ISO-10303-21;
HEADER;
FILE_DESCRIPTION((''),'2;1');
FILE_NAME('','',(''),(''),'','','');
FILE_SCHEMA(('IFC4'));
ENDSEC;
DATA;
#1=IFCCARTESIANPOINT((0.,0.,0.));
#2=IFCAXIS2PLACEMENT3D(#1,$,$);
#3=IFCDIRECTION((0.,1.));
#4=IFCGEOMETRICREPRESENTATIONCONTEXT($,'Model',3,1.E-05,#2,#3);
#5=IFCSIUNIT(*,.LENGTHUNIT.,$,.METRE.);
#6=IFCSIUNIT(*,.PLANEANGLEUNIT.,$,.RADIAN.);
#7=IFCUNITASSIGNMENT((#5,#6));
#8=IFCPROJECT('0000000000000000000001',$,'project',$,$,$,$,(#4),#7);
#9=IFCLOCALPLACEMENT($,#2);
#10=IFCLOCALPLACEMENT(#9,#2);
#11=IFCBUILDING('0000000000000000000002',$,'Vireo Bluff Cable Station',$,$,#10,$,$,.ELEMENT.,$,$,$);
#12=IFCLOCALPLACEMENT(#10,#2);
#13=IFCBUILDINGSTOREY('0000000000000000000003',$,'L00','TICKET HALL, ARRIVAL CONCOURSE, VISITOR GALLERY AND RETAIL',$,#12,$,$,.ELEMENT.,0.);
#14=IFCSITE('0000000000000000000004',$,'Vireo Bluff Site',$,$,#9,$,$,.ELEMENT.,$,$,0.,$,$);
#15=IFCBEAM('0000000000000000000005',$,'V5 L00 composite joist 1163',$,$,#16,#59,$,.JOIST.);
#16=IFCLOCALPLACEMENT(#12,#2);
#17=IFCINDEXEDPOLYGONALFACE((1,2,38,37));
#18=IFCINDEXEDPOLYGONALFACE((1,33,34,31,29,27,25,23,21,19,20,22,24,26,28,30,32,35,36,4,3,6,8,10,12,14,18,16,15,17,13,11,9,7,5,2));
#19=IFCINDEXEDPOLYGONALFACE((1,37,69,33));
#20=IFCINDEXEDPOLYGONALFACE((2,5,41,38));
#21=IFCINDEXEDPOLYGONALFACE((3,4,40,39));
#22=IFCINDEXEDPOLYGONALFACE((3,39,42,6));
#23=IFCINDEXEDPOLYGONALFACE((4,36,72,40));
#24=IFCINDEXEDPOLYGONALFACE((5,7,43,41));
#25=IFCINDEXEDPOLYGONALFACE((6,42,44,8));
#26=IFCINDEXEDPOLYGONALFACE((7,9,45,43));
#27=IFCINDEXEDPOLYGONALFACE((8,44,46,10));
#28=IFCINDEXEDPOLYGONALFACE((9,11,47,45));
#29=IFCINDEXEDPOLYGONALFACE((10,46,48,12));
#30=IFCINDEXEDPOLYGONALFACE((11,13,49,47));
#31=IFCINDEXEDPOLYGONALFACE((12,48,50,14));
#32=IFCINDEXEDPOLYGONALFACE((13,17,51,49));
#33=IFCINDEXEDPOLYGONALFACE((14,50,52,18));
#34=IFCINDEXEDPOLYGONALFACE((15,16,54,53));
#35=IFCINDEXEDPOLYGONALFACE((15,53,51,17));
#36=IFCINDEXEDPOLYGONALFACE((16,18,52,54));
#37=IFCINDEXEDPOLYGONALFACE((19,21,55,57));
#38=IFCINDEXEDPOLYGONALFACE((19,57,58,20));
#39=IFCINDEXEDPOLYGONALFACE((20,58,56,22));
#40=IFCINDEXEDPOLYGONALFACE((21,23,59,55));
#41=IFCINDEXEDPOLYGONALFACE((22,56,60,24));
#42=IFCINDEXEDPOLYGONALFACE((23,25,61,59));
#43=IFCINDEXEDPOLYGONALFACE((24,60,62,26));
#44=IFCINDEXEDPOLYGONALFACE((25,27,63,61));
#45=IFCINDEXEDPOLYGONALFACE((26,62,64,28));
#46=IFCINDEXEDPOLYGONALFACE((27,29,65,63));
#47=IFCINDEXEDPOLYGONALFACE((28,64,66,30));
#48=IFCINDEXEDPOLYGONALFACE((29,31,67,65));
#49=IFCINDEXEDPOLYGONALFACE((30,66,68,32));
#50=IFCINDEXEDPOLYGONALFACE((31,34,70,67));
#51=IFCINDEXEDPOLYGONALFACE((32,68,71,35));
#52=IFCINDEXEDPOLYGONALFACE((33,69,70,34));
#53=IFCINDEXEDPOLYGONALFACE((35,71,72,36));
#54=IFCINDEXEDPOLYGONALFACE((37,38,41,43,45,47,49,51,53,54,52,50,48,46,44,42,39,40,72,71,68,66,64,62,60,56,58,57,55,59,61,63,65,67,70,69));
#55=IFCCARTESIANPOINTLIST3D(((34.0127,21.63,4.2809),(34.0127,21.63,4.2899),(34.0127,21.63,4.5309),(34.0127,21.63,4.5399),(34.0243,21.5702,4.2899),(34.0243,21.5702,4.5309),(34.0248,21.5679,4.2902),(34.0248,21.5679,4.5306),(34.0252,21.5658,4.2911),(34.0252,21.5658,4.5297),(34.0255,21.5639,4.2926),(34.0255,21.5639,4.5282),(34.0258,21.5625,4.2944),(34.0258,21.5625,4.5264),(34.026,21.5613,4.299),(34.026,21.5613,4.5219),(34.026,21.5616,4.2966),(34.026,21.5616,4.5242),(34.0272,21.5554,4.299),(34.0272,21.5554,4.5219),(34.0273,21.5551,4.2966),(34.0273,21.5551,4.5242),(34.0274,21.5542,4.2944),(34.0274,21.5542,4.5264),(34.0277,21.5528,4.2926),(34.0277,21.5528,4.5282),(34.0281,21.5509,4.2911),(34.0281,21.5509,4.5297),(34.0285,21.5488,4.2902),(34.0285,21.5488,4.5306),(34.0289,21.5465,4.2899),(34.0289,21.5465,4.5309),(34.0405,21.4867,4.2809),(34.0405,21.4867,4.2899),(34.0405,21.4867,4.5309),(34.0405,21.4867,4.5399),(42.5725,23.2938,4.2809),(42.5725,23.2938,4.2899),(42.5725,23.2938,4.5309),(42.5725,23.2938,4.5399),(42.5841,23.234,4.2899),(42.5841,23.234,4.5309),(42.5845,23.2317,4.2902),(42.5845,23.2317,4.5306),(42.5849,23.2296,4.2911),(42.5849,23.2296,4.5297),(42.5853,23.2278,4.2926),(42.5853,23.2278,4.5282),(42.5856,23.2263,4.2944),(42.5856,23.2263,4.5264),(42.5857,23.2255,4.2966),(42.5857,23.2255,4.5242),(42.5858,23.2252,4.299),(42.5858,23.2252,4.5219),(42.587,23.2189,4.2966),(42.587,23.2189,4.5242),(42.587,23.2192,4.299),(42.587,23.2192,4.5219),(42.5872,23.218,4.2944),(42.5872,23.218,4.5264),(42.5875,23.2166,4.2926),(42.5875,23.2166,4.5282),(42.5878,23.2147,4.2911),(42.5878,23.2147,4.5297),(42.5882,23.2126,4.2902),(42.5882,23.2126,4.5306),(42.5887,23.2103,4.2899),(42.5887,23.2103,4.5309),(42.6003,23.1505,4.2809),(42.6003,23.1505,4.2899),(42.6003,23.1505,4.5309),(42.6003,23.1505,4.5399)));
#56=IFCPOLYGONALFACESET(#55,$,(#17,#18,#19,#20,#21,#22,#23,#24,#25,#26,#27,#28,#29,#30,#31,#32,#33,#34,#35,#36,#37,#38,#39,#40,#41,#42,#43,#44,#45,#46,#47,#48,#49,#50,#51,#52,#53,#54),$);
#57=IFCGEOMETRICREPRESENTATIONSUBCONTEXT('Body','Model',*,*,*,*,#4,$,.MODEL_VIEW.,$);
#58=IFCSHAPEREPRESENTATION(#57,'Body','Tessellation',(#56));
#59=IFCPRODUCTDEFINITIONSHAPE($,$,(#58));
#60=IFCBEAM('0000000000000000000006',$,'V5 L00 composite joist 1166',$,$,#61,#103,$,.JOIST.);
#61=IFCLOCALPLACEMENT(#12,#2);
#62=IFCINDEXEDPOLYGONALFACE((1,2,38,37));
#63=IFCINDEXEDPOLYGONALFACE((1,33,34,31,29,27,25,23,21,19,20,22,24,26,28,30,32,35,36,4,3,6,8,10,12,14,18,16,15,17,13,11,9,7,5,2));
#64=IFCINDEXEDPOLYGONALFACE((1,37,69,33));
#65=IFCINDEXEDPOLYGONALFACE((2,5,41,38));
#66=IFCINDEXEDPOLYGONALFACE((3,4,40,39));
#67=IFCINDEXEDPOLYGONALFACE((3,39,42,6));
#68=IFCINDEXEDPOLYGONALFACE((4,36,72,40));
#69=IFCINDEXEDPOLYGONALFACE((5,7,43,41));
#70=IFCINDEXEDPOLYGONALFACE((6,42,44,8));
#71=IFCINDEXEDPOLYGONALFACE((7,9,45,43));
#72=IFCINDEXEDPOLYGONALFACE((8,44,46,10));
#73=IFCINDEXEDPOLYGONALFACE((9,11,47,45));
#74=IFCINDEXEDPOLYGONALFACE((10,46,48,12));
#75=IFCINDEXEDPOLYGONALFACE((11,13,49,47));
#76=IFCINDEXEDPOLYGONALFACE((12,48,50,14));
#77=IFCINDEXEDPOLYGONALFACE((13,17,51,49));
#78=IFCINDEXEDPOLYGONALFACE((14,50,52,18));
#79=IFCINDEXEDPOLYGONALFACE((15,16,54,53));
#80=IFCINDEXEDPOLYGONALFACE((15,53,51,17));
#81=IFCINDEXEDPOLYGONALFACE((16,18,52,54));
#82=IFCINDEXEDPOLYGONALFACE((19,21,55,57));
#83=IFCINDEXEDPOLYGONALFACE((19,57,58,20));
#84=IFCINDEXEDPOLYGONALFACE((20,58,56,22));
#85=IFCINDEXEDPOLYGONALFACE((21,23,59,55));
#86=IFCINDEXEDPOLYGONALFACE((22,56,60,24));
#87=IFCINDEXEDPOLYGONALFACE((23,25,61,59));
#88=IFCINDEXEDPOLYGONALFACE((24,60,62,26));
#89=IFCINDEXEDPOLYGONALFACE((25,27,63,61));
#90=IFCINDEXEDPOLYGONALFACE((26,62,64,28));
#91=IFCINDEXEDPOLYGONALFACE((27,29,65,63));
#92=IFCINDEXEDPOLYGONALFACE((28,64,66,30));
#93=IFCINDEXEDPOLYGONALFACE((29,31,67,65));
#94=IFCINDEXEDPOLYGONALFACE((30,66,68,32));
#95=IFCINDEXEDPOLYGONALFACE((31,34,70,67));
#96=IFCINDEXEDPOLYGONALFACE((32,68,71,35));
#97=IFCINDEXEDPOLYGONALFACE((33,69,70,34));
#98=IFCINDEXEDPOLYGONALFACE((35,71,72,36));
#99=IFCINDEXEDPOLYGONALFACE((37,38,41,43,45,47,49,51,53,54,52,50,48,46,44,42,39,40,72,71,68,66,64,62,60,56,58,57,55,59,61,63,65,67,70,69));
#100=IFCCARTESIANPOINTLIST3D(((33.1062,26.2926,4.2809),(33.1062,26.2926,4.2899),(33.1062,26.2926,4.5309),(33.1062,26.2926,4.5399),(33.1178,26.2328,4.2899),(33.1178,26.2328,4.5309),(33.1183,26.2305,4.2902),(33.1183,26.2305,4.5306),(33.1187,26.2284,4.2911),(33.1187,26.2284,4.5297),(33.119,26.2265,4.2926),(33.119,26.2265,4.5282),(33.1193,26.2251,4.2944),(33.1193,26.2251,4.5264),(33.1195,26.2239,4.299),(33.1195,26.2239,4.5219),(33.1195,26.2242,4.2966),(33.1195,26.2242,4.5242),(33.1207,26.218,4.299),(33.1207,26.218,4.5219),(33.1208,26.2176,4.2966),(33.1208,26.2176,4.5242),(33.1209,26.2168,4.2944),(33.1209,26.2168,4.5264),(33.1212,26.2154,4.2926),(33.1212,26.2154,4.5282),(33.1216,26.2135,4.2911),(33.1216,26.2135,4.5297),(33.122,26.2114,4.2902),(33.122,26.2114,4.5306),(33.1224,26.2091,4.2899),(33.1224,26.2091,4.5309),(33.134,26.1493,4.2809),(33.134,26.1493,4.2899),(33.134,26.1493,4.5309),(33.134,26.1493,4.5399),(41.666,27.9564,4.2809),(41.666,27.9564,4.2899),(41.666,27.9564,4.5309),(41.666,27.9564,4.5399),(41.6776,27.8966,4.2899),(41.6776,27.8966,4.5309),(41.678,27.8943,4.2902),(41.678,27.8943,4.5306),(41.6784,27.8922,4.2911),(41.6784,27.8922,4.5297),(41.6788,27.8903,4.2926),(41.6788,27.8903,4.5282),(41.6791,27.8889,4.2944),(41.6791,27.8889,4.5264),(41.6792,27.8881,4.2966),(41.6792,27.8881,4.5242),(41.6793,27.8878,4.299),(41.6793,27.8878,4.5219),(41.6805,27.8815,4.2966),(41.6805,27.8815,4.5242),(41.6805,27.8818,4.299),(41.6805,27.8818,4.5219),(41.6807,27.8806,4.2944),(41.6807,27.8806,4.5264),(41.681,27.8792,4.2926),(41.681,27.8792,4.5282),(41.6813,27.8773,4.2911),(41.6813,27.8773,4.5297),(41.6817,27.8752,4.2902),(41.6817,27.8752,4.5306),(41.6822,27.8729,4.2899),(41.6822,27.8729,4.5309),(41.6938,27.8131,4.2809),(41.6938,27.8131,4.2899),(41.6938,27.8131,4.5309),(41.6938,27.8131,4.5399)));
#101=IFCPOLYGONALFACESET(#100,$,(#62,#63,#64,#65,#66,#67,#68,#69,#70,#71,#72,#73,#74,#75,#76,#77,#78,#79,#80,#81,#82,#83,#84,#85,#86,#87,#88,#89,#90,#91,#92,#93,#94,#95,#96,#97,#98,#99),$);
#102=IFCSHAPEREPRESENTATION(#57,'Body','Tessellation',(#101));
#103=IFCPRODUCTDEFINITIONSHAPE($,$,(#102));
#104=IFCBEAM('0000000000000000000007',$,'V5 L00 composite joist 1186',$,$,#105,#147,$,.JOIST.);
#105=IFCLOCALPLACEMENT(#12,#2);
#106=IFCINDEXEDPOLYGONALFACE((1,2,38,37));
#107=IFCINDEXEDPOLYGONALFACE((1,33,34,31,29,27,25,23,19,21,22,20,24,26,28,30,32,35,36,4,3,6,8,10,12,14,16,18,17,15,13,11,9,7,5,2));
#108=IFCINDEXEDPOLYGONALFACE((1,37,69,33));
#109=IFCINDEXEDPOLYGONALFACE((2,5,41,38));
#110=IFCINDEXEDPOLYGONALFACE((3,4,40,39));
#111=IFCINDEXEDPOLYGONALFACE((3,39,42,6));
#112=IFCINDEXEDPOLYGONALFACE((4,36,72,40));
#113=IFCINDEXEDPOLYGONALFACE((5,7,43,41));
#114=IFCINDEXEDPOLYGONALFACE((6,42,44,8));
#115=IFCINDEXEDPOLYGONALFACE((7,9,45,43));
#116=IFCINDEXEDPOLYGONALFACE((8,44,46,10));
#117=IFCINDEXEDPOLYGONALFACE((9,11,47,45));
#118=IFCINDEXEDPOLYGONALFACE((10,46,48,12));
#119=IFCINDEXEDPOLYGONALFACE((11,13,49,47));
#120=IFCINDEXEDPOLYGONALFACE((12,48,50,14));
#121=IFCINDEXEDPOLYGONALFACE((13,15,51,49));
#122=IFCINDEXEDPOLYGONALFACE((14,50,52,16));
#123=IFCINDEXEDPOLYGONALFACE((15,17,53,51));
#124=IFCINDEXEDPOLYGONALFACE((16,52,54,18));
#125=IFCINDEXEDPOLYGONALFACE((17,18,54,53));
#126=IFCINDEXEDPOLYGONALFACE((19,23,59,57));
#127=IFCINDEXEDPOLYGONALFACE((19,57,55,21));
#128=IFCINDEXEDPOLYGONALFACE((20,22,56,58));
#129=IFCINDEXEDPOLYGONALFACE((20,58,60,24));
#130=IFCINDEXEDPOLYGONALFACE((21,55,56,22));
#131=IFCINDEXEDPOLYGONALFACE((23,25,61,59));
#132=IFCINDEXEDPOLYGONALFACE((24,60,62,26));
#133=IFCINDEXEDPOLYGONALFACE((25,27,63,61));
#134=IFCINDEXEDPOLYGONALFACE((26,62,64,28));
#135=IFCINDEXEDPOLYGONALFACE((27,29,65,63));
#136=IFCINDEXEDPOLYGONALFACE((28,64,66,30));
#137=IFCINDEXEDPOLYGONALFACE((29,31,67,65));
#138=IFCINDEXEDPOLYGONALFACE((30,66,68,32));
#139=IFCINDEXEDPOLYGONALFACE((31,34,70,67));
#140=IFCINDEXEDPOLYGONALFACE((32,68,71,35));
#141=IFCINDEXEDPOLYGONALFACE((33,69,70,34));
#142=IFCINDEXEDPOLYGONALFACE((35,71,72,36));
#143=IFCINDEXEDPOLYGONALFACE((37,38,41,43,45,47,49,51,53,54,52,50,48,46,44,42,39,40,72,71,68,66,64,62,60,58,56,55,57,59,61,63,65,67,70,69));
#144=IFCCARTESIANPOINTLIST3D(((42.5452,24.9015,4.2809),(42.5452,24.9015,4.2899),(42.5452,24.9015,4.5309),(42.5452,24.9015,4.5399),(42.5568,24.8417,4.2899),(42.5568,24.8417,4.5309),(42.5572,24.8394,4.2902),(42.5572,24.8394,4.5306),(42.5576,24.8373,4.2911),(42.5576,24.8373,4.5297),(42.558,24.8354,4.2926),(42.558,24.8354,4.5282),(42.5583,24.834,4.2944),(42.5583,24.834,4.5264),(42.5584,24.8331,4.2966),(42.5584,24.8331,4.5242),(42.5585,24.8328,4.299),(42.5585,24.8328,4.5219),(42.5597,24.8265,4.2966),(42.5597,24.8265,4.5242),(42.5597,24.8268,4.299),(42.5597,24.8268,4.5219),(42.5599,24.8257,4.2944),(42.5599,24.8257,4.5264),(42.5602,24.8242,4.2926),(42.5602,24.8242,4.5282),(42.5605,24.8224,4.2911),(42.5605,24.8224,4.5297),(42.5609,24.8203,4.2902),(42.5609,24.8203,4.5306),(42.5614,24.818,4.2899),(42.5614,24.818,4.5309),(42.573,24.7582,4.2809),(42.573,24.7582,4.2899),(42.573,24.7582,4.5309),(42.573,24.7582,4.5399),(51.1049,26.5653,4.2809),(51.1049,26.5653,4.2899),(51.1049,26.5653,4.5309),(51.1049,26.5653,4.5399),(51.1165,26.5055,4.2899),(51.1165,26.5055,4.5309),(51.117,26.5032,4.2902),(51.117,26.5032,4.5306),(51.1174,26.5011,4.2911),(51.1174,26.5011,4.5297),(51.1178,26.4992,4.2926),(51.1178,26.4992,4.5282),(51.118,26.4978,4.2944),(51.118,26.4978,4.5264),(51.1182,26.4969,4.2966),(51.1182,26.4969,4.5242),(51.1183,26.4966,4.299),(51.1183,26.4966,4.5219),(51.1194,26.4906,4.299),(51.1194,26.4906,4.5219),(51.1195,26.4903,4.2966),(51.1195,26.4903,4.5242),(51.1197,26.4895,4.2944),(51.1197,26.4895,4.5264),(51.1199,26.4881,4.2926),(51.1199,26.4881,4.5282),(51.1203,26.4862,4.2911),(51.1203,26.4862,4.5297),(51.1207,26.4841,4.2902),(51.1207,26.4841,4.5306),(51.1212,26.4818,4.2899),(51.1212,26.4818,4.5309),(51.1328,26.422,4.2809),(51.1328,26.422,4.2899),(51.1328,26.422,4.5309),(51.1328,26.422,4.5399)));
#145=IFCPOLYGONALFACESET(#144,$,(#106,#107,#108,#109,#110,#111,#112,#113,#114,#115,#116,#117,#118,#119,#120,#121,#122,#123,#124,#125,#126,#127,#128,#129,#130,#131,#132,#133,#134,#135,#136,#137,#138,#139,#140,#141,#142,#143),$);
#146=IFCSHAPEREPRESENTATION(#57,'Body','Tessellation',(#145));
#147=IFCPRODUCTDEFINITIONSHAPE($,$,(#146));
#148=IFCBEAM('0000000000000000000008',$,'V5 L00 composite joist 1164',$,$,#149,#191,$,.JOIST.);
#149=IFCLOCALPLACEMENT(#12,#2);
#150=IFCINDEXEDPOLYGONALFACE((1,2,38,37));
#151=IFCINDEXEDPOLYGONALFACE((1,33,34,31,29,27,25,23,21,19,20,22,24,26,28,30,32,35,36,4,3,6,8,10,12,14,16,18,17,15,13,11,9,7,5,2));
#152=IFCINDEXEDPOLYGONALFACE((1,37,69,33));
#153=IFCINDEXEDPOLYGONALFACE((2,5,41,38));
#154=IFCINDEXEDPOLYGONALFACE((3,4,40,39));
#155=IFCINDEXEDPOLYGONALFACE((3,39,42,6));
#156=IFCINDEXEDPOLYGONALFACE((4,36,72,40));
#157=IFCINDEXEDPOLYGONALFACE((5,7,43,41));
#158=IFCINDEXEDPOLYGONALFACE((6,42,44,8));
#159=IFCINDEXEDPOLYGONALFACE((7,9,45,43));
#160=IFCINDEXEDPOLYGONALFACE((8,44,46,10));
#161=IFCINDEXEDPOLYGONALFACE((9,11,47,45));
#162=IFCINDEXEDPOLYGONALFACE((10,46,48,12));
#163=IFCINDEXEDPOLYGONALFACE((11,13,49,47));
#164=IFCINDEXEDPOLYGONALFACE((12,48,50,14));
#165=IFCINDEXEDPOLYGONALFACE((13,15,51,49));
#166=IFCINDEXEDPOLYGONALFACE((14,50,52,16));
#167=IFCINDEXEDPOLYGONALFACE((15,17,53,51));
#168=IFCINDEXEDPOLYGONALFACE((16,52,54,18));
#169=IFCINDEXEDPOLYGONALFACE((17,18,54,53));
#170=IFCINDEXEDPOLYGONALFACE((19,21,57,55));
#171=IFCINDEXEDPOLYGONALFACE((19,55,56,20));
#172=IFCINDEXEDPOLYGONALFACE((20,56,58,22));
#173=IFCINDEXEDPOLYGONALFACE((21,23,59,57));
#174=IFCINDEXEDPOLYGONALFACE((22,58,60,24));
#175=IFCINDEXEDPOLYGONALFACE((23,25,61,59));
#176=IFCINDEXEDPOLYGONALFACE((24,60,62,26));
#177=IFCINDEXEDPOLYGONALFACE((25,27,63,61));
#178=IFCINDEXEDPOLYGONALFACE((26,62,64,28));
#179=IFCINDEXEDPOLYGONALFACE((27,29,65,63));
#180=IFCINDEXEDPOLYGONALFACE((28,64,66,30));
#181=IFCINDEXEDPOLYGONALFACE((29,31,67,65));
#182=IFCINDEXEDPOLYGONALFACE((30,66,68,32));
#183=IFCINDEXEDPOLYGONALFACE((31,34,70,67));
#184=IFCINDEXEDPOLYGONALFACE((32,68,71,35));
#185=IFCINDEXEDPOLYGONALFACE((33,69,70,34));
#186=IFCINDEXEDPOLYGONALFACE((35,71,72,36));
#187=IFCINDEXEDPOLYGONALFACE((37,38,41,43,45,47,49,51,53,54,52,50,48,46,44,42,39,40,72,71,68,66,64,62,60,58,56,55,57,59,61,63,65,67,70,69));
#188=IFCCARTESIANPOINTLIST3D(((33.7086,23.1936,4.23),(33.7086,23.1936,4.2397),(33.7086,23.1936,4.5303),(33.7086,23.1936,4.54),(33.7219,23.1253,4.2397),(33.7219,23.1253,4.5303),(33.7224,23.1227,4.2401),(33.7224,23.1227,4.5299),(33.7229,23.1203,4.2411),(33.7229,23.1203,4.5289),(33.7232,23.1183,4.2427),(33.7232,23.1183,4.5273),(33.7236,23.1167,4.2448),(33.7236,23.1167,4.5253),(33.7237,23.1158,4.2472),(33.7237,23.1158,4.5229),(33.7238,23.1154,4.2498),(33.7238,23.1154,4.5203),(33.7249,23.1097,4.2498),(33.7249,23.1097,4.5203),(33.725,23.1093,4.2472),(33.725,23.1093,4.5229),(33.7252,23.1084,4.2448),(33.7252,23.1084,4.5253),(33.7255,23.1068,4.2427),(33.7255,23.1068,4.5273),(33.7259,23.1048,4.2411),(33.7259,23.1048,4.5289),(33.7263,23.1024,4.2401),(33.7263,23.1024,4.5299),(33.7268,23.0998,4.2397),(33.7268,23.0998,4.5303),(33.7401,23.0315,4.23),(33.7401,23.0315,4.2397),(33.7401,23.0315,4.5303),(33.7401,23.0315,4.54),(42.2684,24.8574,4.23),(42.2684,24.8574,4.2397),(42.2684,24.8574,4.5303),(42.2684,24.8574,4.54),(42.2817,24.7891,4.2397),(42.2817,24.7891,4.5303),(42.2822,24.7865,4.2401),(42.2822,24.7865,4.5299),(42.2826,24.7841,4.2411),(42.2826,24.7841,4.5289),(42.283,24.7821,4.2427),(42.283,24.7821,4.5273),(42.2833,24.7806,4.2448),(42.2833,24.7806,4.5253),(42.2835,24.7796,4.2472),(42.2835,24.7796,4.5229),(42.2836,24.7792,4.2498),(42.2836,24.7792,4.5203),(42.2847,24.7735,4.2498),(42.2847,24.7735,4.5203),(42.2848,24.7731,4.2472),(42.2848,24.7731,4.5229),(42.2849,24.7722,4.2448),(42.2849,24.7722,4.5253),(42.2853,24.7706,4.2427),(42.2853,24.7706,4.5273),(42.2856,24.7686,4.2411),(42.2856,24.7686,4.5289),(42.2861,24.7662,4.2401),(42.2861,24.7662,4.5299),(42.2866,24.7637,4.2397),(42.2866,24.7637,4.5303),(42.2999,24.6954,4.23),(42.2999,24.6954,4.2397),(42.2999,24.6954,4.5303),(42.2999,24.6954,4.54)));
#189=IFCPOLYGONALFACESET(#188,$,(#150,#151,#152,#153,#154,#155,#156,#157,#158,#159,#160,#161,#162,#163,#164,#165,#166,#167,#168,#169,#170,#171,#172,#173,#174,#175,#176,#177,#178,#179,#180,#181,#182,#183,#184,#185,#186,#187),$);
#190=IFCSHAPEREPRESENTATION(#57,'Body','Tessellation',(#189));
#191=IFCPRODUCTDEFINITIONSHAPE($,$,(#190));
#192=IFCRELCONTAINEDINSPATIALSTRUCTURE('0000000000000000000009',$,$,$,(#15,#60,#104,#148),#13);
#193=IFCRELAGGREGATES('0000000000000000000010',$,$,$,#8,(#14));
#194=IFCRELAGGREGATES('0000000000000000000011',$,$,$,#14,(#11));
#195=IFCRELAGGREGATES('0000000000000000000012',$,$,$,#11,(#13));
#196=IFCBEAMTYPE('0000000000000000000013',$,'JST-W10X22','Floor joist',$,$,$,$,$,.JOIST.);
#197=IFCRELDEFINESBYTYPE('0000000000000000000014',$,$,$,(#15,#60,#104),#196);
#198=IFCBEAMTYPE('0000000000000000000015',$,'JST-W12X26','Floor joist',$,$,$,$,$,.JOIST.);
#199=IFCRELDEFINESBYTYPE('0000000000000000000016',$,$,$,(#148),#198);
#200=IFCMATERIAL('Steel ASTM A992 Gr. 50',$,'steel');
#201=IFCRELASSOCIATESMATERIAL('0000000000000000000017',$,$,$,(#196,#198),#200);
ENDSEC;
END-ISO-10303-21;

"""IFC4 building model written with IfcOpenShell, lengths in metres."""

from ifc_helpers import new_model, si_unit, direction, frame, origin, origin_2d, place, context, subcontext, project, spatial, i_section, extrude, material, material_profile, profile_set, type_object, element, save


model = new_model("IFC4")

# Units and contexts
model_context = context("Model", 3, precision=1e-05, world=origin(), true_north=direction((0.0, 1.0)))
body_context = subcontext(model_context, "Body", "Model", "MODEL_VIEW")
ifc_project = project(units=[si_unit("LENGTHUNIT", "METRE"), si_unit("PLANEANGLEUNIT", "RADIAN")], contexts=[model_context])

# Site, building, storey
site_placement = place(None, origin())
site = spatial("IfcSite", under=ifc_project, at=site_placement, Name="Vireo Bluff Site", CompositionType="ELEMENT", RefElevation=0.0)
building_placement = place(site_placement, origin())
building = spatial("IfcBuilding", under=site, at=building_placement, Name="Vireo Bluff Cable Station", CompositionType="ELEMENT")
storey_placement = place(building_placement, origin())
storey = spatial("IfcBuildingStorey", under=building, at=storey_placement, Name="L00", Description="TICKET HALL, ARRIVAL CONCOURSE, VISITOR GALLERY AND RETAIL", CompositionType="ELEMENT", Elevation=0.0)

# Shared definitions
ifc_material_1 = material(Name="Steel ASTM A992 Gr. 50", Category="steel")

# Beams
ifc_material_profile_1 = material_profile(ifc_material_1, i_section(OverallWidth=0.146, OverallDepth=0.259, WebThickness=0.0061, FlangeThickness=0.009, FilletRadius=0.009, at=origin_2d()), Name="W10X22")
ifc_profile_set_1 = profile_set([ifc_material_profile_1], Name="Steel ASTM A992 Gr. 50")
beam_type_1 = type_object("IfcBeamType", Name="JST-W10X22", Description="Floor joist", PredefinedType="JOIST", material=ifc_profile_set_1)
for number, where, z_axis, x_axis, name in (
    (1, (34.0266, 21.5583, 4.4104), (0.981628, 0.190804, 0.0), (-0.190804, 0.981628, 0.0), "V5 L00 composite joist 1163"),
    (2, (33.1201, 26.2209, 4.4104), (0.981628, 0.190804, 0.0), (-0.190804, 0.981628, 0.0), "V5 L00 composite joist 1166"),
    (3, (42.5591, 24.8298, 4.4104), (0.981628, 0.190804, 0.0), (-0.190804, 0.981628, 0.0), "V5 L00 composite joist 1186"),
):
    element("IfcBeam", number, at=place(storey_placement, frame(where, z_axis=z_axis, x_axis=x_axis)), inside=storey, type_object=beam_type_1, Name=name, PredefinedType="JOIST", context=body_context, shape_type="SweptSolid", body=[
        extrude(i_section(OverallWidth=0.146, OverallDepth=0.259, WebThickness=0.0061, FlangeThickness=0.009, FilletRadius=0.009, at=origin_2d()), origin(), (0.0, 0.0, 1.0), 8.72),
    ])
ifc_material_profile_2 = material_profile(ifc_material_1, i_section(OverallWidth=0.165, OverallDepth=0.3101, WebThickness=0.0059, FlangeThickness=0.0098, FilletRadius=0.01, at=origin_2d()), Name="W12X26")
ifc_profile_set_2 = profile_set([ifc_material_profile_2], Name="Steel ASTM A992 Gr. 50")
beam_type_2 = type_object("IfcBeamType", Name="JST-W12X26", Description="Floor joist", PredefinedType="JOIST", material=ifc_profile_set_2)
beam_1_placement = place(storey_placement, frame((33.7244, 23.1125, 4.385), z_axis=(0.981628, 0.190804, 0.0), x_axis=(-0.190804, 0.981628, 0.0)))
element("IfcBeam", 4, at=beam_1_placement, inside=storey, type_object=beam_type_2, Name="V5 L00 composite joist 1164", PredefinedType="JOIST", context=body_context, shape_type="SweptSolid", body=[
    extrude(i_section(OverallWidth=0.165, OverallDepth=0.3101, WebThickness=0.0059, FlangeThickness=0.0098, FilletRadius=0.01, at=origin_2d()), origin(), (0.0, 0.0, 1.0), 8.72),
])

save(model, "model.ifc")
